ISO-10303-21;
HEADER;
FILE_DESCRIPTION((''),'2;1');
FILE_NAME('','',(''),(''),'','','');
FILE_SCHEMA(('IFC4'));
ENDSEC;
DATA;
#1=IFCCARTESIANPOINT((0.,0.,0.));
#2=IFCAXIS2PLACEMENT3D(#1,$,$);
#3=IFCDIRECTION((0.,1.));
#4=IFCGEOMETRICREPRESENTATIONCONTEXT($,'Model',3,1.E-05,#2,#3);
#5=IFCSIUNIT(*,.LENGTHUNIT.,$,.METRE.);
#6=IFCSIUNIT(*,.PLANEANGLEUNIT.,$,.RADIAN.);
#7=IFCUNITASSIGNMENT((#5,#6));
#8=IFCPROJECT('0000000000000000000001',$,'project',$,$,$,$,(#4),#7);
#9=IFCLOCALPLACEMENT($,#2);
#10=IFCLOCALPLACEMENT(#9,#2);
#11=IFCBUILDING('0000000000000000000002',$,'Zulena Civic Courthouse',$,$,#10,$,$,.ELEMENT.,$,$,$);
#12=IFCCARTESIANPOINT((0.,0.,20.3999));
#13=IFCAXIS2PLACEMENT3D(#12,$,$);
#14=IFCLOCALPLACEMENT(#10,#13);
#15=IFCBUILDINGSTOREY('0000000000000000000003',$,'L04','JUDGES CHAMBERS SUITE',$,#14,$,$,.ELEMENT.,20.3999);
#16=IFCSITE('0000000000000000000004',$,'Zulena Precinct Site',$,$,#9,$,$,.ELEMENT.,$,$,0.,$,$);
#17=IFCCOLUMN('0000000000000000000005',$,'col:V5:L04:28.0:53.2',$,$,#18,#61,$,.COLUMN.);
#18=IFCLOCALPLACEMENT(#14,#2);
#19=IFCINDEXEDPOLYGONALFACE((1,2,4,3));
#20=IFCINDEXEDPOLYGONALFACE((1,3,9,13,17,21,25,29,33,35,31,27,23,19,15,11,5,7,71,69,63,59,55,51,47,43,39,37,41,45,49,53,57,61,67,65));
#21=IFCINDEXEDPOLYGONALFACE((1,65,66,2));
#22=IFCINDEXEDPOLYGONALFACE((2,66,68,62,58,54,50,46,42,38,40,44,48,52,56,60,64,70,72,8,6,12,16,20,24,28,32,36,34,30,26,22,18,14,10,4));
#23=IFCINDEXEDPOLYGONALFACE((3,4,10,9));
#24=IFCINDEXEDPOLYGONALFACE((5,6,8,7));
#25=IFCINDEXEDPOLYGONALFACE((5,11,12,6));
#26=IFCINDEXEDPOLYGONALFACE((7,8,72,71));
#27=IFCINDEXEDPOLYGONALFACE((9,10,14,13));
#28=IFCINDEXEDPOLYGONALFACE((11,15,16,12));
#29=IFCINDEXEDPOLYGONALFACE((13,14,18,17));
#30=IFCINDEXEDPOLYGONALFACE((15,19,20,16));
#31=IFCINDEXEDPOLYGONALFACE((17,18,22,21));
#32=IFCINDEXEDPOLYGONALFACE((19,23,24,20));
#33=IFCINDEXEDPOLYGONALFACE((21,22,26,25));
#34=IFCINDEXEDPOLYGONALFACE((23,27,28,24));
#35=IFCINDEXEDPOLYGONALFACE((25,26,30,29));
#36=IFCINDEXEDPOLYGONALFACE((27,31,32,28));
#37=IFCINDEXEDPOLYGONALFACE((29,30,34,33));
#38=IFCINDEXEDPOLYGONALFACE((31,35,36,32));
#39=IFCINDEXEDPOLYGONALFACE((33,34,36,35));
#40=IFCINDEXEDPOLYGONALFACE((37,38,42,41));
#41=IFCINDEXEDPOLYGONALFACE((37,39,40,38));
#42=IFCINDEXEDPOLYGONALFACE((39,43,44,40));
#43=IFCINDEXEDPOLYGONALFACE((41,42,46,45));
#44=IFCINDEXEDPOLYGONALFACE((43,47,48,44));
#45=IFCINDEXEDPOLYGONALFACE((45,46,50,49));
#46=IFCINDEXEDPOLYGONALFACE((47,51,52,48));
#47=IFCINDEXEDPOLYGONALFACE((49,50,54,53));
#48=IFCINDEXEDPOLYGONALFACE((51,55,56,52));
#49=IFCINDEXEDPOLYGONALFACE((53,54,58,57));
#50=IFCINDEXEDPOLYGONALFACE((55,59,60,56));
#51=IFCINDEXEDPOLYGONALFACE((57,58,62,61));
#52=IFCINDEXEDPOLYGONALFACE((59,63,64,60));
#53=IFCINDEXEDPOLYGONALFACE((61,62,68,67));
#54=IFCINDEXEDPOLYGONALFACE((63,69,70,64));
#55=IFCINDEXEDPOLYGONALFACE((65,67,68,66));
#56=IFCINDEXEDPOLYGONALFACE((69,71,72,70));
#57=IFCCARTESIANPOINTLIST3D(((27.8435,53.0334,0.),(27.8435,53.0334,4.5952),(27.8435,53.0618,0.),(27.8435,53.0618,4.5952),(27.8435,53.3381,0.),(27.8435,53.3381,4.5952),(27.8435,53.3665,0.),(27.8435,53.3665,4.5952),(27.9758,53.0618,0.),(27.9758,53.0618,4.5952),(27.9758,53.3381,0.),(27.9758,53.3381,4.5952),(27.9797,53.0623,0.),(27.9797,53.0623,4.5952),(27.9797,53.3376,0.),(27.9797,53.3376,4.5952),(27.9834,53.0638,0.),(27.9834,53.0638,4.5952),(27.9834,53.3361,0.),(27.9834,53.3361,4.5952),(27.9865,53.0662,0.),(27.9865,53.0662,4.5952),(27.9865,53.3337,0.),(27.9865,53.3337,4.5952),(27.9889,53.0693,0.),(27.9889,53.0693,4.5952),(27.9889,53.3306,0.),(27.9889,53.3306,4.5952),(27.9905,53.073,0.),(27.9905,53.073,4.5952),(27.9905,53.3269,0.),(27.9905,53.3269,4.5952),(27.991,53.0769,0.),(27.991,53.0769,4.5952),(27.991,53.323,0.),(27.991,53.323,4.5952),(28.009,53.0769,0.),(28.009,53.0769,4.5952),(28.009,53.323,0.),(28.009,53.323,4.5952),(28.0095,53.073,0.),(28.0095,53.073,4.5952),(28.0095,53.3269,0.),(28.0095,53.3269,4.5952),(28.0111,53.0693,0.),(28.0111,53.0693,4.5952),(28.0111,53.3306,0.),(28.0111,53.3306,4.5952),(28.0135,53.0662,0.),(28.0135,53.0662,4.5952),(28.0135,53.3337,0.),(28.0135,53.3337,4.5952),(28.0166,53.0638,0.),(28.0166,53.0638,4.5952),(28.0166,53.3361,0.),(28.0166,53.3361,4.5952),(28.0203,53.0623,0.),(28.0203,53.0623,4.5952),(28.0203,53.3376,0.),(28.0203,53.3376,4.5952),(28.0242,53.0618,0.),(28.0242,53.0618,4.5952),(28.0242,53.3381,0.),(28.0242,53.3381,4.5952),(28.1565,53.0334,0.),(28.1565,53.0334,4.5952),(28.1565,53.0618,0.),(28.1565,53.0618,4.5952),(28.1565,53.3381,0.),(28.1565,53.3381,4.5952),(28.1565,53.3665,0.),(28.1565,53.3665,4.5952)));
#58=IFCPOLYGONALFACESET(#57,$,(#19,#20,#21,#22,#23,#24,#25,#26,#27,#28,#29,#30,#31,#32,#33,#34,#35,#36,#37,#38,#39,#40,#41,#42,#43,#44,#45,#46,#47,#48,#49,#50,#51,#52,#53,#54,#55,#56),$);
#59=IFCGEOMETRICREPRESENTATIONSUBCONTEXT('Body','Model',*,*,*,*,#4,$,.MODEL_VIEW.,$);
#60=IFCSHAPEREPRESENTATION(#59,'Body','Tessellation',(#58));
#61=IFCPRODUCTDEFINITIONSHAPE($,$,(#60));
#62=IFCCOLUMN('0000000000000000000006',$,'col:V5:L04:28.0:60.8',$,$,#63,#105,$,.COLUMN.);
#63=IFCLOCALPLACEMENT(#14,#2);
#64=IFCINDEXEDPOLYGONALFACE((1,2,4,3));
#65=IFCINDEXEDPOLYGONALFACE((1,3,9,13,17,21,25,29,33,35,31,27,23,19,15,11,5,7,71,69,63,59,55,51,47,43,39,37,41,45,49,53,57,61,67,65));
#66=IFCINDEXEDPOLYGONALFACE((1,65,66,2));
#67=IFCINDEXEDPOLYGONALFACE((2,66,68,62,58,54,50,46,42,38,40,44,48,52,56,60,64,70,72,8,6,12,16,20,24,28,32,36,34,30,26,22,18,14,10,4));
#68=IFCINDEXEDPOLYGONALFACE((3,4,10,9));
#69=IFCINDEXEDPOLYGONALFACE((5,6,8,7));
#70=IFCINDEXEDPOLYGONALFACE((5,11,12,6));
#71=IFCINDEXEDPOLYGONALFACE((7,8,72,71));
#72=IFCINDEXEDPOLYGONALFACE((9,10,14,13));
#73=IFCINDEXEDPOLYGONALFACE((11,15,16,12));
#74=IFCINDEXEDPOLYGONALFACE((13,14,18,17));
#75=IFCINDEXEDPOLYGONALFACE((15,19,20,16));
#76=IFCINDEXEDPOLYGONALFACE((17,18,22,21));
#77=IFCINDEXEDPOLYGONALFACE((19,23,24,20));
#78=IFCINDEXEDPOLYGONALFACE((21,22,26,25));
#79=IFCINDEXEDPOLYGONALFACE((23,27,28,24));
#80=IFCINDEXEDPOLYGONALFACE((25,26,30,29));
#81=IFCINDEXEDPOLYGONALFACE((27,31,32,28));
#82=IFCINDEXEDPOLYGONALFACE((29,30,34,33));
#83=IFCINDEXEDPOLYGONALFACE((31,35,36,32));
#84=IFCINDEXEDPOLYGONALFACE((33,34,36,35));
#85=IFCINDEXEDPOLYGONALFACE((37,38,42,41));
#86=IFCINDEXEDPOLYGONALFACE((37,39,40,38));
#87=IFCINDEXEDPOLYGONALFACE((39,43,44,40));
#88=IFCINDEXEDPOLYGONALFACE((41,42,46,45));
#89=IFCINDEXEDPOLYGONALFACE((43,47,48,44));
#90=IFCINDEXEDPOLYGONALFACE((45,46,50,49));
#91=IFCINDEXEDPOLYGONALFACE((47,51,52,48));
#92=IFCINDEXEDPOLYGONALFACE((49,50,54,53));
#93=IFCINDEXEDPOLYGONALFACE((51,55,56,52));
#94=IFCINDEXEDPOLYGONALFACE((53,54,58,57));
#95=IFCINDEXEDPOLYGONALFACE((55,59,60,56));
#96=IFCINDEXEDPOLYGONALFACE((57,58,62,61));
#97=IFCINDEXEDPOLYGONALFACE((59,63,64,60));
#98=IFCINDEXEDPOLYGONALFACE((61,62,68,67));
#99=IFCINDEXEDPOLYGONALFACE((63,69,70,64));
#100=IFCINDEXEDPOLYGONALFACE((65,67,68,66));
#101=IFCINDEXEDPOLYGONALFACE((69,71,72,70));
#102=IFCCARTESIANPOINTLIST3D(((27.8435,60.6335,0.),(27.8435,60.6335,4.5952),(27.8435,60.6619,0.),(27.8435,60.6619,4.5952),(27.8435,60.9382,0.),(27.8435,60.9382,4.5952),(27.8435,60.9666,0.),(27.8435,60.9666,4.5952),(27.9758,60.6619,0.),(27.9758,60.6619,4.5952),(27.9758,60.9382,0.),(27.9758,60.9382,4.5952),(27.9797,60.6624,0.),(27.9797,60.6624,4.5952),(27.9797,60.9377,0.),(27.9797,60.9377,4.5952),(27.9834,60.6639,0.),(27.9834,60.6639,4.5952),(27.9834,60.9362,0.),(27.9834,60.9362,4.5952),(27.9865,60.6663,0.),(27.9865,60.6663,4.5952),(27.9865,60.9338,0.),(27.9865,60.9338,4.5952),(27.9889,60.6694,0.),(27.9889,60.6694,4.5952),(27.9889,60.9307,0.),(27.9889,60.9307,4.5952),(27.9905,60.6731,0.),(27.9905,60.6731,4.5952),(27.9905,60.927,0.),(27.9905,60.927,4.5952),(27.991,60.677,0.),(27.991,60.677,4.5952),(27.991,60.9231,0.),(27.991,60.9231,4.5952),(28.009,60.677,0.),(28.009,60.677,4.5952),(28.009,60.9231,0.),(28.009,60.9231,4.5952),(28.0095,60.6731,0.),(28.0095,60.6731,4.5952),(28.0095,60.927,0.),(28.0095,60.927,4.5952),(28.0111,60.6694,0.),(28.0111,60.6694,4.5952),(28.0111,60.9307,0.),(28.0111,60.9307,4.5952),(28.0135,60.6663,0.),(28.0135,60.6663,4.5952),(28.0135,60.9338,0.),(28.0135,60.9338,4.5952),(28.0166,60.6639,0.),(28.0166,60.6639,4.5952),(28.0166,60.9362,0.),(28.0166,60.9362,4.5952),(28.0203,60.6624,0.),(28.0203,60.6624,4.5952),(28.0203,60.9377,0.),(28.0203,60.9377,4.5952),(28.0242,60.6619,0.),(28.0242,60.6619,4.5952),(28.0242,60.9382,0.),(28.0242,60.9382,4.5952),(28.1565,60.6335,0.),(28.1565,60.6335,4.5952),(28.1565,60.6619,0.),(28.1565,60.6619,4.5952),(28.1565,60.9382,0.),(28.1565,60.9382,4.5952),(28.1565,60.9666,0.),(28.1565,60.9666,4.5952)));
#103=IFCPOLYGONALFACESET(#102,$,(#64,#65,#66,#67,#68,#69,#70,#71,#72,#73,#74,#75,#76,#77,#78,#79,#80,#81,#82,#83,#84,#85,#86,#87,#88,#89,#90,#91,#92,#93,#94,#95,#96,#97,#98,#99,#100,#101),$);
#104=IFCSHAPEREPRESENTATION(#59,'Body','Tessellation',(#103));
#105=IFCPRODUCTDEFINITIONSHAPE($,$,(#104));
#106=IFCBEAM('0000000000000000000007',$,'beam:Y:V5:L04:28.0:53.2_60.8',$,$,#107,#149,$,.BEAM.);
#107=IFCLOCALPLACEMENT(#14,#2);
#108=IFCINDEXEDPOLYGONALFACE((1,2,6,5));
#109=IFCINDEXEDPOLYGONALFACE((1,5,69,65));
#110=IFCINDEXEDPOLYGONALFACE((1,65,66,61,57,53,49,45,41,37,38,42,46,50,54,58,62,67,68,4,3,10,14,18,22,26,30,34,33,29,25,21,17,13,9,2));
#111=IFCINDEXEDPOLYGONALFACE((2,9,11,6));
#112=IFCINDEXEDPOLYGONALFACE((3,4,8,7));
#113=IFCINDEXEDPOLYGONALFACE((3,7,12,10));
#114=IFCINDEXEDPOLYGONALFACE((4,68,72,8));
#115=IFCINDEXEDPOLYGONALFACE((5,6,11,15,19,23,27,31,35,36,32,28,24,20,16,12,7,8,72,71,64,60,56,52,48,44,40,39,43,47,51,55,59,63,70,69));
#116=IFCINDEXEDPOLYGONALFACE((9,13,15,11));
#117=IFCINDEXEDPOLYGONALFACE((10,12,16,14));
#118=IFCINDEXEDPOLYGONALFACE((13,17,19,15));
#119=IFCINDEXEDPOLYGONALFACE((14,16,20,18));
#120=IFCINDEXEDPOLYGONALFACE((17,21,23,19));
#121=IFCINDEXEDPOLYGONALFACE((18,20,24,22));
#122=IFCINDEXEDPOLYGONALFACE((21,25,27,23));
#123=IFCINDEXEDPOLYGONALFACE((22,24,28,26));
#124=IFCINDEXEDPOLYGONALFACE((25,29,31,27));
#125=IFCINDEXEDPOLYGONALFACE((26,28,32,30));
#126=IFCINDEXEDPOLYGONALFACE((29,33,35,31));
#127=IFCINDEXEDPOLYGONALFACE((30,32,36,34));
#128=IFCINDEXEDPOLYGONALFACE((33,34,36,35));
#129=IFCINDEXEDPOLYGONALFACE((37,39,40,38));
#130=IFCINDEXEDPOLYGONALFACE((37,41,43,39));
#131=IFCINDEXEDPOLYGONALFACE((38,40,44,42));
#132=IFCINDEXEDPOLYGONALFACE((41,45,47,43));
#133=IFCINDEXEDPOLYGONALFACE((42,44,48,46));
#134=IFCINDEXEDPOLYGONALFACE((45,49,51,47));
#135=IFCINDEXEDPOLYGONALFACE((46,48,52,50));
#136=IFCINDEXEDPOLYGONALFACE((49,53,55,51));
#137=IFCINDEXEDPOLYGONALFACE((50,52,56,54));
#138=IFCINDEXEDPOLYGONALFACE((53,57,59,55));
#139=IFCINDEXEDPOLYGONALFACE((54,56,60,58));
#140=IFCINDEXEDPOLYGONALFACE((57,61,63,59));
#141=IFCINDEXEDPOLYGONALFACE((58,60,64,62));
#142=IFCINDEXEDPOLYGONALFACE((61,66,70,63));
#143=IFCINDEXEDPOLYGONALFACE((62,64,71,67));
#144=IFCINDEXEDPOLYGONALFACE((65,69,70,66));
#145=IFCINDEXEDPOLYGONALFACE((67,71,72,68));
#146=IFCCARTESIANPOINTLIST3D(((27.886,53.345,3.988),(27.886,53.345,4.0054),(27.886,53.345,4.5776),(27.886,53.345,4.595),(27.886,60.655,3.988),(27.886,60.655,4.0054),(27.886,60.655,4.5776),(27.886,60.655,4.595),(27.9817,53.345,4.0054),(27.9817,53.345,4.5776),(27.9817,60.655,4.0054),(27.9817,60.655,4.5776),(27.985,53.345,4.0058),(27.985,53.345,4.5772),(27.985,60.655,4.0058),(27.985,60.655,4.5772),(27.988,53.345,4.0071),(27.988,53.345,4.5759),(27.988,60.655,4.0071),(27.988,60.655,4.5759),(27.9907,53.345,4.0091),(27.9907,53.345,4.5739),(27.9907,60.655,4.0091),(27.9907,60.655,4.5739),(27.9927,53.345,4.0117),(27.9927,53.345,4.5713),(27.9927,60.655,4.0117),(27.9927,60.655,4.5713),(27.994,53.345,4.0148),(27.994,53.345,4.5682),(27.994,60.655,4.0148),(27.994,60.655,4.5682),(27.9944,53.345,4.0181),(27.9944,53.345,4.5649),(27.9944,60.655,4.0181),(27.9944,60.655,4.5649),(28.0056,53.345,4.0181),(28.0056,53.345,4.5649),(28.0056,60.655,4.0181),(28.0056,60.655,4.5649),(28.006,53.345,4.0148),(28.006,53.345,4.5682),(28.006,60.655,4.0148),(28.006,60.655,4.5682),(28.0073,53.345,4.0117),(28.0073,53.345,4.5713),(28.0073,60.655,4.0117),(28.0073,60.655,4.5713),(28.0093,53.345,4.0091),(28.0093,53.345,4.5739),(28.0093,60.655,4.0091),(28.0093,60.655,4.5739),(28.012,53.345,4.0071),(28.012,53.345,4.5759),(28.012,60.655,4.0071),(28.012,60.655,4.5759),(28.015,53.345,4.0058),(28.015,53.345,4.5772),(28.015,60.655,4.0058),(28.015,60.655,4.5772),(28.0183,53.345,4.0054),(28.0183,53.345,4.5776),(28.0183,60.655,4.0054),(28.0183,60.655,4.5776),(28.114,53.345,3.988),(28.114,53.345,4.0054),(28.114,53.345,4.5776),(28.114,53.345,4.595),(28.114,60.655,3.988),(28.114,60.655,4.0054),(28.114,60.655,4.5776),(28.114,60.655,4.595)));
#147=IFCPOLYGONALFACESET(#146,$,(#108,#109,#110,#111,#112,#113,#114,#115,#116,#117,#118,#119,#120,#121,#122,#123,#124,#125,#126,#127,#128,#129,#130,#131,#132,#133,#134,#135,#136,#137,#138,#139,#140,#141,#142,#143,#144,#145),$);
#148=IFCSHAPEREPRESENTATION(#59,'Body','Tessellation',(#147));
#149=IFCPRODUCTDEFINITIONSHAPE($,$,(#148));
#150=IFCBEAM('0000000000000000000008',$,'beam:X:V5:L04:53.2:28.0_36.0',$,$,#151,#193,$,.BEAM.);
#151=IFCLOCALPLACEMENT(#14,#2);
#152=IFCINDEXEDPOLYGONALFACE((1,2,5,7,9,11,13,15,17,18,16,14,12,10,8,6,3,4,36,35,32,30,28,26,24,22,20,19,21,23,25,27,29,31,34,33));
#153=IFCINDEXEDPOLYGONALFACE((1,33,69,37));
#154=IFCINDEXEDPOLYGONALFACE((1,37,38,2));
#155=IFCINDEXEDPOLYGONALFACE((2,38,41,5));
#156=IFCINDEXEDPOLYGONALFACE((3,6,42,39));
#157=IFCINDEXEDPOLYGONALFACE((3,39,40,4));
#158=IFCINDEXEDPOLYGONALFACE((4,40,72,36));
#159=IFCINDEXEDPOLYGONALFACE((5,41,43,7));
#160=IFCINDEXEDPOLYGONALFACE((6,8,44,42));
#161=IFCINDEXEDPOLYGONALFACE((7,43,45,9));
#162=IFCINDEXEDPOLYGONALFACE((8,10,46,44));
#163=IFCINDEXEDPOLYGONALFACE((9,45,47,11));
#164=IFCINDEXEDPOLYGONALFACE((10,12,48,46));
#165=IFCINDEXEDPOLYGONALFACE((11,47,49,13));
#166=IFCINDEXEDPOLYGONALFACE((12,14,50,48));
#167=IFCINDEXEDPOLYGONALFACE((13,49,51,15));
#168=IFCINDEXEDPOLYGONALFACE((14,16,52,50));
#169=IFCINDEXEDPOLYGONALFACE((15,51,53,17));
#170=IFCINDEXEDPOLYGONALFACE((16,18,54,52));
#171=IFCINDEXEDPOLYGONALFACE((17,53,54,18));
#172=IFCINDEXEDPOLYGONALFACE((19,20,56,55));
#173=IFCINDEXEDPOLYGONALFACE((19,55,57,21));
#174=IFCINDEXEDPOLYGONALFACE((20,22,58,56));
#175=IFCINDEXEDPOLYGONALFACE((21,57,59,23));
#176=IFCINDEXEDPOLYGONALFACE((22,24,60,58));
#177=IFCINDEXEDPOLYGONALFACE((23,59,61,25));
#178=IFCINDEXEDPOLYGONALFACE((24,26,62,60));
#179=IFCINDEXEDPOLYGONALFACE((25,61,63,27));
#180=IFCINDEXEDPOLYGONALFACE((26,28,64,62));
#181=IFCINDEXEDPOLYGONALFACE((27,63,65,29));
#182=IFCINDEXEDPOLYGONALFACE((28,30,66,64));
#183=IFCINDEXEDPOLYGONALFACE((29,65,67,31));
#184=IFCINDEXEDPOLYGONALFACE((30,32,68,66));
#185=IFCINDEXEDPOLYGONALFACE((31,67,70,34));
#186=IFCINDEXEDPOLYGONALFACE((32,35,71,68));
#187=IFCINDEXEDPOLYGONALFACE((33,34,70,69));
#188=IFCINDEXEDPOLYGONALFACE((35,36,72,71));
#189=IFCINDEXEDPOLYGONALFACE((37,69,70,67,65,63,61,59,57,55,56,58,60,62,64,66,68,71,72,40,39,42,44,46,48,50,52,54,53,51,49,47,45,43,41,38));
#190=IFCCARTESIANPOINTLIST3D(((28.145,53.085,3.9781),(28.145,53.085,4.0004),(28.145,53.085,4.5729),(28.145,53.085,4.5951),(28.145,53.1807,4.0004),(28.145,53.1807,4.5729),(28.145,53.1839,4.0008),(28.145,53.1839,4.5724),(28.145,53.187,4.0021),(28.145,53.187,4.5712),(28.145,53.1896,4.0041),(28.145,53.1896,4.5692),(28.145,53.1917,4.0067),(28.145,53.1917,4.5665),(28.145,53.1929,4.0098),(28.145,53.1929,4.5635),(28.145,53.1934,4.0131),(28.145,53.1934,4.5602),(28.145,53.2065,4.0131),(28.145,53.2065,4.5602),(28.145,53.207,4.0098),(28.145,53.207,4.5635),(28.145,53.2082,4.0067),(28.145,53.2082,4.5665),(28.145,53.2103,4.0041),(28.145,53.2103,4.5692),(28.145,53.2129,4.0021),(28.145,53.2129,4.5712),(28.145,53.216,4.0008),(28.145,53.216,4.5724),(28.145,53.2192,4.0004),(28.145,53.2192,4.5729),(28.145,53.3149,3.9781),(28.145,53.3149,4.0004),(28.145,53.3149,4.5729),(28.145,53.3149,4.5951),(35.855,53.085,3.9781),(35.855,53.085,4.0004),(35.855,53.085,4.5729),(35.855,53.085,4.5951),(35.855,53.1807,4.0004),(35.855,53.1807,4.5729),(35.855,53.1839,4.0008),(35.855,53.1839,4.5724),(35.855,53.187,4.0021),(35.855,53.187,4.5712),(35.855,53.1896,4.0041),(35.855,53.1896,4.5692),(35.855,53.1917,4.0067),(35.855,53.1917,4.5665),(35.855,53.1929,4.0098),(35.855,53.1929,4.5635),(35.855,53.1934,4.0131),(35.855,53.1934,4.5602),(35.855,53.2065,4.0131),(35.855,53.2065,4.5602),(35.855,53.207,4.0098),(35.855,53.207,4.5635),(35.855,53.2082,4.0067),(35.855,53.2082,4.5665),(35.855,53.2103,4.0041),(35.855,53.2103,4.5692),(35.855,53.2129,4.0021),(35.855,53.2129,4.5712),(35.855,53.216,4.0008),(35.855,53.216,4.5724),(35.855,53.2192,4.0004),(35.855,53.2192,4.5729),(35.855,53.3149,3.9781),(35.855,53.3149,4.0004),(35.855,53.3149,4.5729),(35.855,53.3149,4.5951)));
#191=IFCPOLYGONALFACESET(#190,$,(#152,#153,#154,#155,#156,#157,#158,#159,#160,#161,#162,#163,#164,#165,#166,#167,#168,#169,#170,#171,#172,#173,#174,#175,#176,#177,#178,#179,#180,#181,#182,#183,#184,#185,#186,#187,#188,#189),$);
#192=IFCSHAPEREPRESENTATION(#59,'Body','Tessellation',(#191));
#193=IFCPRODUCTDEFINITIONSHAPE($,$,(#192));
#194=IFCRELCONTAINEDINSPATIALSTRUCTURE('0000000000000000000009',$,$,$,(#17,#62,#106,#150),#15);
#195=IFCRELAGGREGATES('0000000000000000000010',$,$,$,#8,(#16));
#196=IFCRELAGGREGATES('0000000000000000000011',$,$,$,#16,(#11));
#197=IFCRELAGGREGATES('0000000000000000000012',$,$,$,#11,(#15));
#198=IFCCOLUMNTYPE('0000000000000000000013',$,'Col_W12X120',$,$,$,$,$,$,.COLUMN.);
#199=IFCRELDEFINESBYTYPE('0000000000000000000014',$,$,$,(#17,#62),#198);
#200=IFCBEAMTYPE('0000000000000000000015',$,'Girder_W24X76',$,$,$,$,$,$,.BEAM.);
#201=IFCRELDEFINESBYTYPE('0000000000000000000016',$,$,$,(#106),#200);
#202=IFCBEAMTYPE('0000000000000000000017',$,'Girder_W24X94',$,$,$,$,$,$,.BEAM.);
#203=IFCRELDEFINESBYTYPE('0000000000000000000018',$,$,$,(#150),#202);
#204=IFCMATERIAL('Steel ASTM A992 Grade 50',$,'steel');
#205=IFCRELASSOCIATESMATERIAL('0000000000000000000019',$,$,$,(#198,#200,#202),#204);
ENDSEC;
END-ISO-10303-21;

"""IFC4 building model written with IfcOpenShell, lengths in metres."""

from ifc_helpers import new_model, si_unit, direction, frame, origin, origin_2d, place, context, subcontext, project, spatial, i_section, extrude, material, material_profile, profile_set, type_object, element, save


model = new_model("IFC4")

# Units and contexts
model_context = context("Model", 3, precision=1e-05, world=origin(), true_north=direction((0.0, 1.0)))
body_context = subcontext(model_context, "Body", "Model", "MODEL_VIEW")
ifc_project = project(units=[si_unit("LENGTHUNIT", "METRE"), si_unit("PLANEANGLEUNIT", "RADIAN")], contexts=[model_context])

# Site, building, storey
site_placement = place(None, origin())
site = spatial("IfcSite", under=ifc_project, at=site_placement, Name="Zulena Precinct Site", CompositionType="ELEMENT", RefElevation=0.0)
building_placement = place(site_placement, origin())
building = spatial("IfcBuilding", under=site, at=building_placement, Name="Zulena Civic Courthouse", CompositionType="ELEMENT")
storey_placement = place(building_placement, frame((0.0, 0.0, 20.3999)))
storey = spatial("IfcBuildingStorey", under=building, at=storey_placement, Name="L04", Description="JUDGES CHAMBERS SUITE", CompositionType="ELEMENT", Elevation=20.3999)

# Columns
ifc_material_1 = material(Name="Steel ASTM A992 Grade 50", Category="steel")
ifc_material_profile_1 = material_profile(ifc_material_1, i_section(OverallWidth=0.313, OverallDepth=0.333, WebThickness=0.0181, FlangeThickness=0.0283, FilletRadius=0.0151, at=origin_2d()), Name="W12X120")
ifc_profile_set_1 = profile_set([ifc_material_profile_1], Name="Steel ASTM A992 Grade 50")
column_type = type_object("IfcColumnType", Name="Col_W12X120", PredefinedType="COLUMN", material=ifc_profile_set_1)
for number, where, z_axis, x_axis, name in (
    (1, (28.0, 53.2, 0.0), (0.0, 0.0, 1.0), (1.0, 0.0, 0.0), "col:V5:L04:28.0:53.2"),
    (2, (28.0, 60.8, 0.0), (0.0, 0.0, 1.0), (1.0, 0.0, 0.0), "col:V5:L04:28.0:60.8"),
):
    element("IfcColumn", number, at=place(storey_placement, frame(where, z_axis=z_axis, x_axis=x_axis)), inside=storey, type_object=column_type, Name=name, PredefinedType="COLUMN", context=body_context, shape_type="SweptSolid", body=[
        extrude(i_section(OverallWidth=0.313, OverallDepth=0.333, WebThickness=0.0181, FlangeThickness=0.0283, FilletRadius=0.0151, at=origin_2d()), origin(), (0.0, 0.0, 1.0), 4.5952),
    ])

# Beams
ifc_material_profile_2 = material_profile(ifc_material_1, i_section(OverallWidth=0.228, OverallDepth=0.6069, WebThickness=0.0112, FlangeThickness=0.0173, FilletRadius=0.0127, at=origin_2d()), Name="W24X76")
ifc_profile_set_2 = profile_set([ifc_material_profile_2], Name="Steel ASTM A992 Grade 50")
beam_type_1 = type_object("IfcBeamType", Name="Girder_W24X76", PredefinedType="BEAM", material=ifc_profile_set_2)
beam_1_placement = place(storey_placement, frame((28.0, 53.345, 4.2915), z_axis=(0.0, 1.0, 0.0), x_axis=(-1.0, 0.0, 0.0)))
element("IfcBeam", 3, at=beam_1_placement, inside=storey, type_object=beam_type_1, Name="beam:Y:V5:L04:28.0:53.2_60.8", PredefinedType="BEAM", context=body_context, shape_type="SweptSolid", body=[
    extrude(i_section(OverallWidth=0.228, OverallDepth=0.6069, WebThickness=0.0112, FlangeThickness=0.0173, FilletRadius=0.0127, at=origin_2d()), origin(), (0.0, 0.0, 1.0), 7.3101),
])
ifc_material_profile_3 = material_profile(ifc_material_1, i_section(OverallWidth=0.23, OverallDepth=0.6169, WebThickness=0.0132, FlangeThickness=0.0222, FilletRadius=0.0127, at=origin_2d()), Name="W24X94")
ifc_profile_set_3 = profile_set([ifc_material_profile_3], Name="Steel ASTM A992 Grade 50")
beam_type_2 = type_object("IfcBeamType", Name="Girder_W24X94", PredefinedType="BEAM", material=ifc_profile_set_3)
for number, where, z_axis, x_axis, name in (
    (4, (28.145, 53.2, 4.2866), (1.0, 0.0, 0.0), (0.0, 1.0, 0.0), "beam:X:V5:L04:53.2:28.0_36.0"),
):
    element("IfcBeam", number, at=place(storey_placement, frame(where, z_axis=z_axis, x_axis=x_axis)), inside=storey, type_object=beam_type_2, Name=name, PredefinedType="BEAM", context=body_context, shape_type="SweptSolid", body=[
        extrude(i_section(OverallWidth=0.23, OverallDepth=0.6169, WebThickness=0.0132, FlangeThickness=0.0222, FilletRadius=0.0127, at=origin_2d()), origin(), (0.0, 0.0, 1.0), 7.71),
    ])

save(model, "model.ifc")
